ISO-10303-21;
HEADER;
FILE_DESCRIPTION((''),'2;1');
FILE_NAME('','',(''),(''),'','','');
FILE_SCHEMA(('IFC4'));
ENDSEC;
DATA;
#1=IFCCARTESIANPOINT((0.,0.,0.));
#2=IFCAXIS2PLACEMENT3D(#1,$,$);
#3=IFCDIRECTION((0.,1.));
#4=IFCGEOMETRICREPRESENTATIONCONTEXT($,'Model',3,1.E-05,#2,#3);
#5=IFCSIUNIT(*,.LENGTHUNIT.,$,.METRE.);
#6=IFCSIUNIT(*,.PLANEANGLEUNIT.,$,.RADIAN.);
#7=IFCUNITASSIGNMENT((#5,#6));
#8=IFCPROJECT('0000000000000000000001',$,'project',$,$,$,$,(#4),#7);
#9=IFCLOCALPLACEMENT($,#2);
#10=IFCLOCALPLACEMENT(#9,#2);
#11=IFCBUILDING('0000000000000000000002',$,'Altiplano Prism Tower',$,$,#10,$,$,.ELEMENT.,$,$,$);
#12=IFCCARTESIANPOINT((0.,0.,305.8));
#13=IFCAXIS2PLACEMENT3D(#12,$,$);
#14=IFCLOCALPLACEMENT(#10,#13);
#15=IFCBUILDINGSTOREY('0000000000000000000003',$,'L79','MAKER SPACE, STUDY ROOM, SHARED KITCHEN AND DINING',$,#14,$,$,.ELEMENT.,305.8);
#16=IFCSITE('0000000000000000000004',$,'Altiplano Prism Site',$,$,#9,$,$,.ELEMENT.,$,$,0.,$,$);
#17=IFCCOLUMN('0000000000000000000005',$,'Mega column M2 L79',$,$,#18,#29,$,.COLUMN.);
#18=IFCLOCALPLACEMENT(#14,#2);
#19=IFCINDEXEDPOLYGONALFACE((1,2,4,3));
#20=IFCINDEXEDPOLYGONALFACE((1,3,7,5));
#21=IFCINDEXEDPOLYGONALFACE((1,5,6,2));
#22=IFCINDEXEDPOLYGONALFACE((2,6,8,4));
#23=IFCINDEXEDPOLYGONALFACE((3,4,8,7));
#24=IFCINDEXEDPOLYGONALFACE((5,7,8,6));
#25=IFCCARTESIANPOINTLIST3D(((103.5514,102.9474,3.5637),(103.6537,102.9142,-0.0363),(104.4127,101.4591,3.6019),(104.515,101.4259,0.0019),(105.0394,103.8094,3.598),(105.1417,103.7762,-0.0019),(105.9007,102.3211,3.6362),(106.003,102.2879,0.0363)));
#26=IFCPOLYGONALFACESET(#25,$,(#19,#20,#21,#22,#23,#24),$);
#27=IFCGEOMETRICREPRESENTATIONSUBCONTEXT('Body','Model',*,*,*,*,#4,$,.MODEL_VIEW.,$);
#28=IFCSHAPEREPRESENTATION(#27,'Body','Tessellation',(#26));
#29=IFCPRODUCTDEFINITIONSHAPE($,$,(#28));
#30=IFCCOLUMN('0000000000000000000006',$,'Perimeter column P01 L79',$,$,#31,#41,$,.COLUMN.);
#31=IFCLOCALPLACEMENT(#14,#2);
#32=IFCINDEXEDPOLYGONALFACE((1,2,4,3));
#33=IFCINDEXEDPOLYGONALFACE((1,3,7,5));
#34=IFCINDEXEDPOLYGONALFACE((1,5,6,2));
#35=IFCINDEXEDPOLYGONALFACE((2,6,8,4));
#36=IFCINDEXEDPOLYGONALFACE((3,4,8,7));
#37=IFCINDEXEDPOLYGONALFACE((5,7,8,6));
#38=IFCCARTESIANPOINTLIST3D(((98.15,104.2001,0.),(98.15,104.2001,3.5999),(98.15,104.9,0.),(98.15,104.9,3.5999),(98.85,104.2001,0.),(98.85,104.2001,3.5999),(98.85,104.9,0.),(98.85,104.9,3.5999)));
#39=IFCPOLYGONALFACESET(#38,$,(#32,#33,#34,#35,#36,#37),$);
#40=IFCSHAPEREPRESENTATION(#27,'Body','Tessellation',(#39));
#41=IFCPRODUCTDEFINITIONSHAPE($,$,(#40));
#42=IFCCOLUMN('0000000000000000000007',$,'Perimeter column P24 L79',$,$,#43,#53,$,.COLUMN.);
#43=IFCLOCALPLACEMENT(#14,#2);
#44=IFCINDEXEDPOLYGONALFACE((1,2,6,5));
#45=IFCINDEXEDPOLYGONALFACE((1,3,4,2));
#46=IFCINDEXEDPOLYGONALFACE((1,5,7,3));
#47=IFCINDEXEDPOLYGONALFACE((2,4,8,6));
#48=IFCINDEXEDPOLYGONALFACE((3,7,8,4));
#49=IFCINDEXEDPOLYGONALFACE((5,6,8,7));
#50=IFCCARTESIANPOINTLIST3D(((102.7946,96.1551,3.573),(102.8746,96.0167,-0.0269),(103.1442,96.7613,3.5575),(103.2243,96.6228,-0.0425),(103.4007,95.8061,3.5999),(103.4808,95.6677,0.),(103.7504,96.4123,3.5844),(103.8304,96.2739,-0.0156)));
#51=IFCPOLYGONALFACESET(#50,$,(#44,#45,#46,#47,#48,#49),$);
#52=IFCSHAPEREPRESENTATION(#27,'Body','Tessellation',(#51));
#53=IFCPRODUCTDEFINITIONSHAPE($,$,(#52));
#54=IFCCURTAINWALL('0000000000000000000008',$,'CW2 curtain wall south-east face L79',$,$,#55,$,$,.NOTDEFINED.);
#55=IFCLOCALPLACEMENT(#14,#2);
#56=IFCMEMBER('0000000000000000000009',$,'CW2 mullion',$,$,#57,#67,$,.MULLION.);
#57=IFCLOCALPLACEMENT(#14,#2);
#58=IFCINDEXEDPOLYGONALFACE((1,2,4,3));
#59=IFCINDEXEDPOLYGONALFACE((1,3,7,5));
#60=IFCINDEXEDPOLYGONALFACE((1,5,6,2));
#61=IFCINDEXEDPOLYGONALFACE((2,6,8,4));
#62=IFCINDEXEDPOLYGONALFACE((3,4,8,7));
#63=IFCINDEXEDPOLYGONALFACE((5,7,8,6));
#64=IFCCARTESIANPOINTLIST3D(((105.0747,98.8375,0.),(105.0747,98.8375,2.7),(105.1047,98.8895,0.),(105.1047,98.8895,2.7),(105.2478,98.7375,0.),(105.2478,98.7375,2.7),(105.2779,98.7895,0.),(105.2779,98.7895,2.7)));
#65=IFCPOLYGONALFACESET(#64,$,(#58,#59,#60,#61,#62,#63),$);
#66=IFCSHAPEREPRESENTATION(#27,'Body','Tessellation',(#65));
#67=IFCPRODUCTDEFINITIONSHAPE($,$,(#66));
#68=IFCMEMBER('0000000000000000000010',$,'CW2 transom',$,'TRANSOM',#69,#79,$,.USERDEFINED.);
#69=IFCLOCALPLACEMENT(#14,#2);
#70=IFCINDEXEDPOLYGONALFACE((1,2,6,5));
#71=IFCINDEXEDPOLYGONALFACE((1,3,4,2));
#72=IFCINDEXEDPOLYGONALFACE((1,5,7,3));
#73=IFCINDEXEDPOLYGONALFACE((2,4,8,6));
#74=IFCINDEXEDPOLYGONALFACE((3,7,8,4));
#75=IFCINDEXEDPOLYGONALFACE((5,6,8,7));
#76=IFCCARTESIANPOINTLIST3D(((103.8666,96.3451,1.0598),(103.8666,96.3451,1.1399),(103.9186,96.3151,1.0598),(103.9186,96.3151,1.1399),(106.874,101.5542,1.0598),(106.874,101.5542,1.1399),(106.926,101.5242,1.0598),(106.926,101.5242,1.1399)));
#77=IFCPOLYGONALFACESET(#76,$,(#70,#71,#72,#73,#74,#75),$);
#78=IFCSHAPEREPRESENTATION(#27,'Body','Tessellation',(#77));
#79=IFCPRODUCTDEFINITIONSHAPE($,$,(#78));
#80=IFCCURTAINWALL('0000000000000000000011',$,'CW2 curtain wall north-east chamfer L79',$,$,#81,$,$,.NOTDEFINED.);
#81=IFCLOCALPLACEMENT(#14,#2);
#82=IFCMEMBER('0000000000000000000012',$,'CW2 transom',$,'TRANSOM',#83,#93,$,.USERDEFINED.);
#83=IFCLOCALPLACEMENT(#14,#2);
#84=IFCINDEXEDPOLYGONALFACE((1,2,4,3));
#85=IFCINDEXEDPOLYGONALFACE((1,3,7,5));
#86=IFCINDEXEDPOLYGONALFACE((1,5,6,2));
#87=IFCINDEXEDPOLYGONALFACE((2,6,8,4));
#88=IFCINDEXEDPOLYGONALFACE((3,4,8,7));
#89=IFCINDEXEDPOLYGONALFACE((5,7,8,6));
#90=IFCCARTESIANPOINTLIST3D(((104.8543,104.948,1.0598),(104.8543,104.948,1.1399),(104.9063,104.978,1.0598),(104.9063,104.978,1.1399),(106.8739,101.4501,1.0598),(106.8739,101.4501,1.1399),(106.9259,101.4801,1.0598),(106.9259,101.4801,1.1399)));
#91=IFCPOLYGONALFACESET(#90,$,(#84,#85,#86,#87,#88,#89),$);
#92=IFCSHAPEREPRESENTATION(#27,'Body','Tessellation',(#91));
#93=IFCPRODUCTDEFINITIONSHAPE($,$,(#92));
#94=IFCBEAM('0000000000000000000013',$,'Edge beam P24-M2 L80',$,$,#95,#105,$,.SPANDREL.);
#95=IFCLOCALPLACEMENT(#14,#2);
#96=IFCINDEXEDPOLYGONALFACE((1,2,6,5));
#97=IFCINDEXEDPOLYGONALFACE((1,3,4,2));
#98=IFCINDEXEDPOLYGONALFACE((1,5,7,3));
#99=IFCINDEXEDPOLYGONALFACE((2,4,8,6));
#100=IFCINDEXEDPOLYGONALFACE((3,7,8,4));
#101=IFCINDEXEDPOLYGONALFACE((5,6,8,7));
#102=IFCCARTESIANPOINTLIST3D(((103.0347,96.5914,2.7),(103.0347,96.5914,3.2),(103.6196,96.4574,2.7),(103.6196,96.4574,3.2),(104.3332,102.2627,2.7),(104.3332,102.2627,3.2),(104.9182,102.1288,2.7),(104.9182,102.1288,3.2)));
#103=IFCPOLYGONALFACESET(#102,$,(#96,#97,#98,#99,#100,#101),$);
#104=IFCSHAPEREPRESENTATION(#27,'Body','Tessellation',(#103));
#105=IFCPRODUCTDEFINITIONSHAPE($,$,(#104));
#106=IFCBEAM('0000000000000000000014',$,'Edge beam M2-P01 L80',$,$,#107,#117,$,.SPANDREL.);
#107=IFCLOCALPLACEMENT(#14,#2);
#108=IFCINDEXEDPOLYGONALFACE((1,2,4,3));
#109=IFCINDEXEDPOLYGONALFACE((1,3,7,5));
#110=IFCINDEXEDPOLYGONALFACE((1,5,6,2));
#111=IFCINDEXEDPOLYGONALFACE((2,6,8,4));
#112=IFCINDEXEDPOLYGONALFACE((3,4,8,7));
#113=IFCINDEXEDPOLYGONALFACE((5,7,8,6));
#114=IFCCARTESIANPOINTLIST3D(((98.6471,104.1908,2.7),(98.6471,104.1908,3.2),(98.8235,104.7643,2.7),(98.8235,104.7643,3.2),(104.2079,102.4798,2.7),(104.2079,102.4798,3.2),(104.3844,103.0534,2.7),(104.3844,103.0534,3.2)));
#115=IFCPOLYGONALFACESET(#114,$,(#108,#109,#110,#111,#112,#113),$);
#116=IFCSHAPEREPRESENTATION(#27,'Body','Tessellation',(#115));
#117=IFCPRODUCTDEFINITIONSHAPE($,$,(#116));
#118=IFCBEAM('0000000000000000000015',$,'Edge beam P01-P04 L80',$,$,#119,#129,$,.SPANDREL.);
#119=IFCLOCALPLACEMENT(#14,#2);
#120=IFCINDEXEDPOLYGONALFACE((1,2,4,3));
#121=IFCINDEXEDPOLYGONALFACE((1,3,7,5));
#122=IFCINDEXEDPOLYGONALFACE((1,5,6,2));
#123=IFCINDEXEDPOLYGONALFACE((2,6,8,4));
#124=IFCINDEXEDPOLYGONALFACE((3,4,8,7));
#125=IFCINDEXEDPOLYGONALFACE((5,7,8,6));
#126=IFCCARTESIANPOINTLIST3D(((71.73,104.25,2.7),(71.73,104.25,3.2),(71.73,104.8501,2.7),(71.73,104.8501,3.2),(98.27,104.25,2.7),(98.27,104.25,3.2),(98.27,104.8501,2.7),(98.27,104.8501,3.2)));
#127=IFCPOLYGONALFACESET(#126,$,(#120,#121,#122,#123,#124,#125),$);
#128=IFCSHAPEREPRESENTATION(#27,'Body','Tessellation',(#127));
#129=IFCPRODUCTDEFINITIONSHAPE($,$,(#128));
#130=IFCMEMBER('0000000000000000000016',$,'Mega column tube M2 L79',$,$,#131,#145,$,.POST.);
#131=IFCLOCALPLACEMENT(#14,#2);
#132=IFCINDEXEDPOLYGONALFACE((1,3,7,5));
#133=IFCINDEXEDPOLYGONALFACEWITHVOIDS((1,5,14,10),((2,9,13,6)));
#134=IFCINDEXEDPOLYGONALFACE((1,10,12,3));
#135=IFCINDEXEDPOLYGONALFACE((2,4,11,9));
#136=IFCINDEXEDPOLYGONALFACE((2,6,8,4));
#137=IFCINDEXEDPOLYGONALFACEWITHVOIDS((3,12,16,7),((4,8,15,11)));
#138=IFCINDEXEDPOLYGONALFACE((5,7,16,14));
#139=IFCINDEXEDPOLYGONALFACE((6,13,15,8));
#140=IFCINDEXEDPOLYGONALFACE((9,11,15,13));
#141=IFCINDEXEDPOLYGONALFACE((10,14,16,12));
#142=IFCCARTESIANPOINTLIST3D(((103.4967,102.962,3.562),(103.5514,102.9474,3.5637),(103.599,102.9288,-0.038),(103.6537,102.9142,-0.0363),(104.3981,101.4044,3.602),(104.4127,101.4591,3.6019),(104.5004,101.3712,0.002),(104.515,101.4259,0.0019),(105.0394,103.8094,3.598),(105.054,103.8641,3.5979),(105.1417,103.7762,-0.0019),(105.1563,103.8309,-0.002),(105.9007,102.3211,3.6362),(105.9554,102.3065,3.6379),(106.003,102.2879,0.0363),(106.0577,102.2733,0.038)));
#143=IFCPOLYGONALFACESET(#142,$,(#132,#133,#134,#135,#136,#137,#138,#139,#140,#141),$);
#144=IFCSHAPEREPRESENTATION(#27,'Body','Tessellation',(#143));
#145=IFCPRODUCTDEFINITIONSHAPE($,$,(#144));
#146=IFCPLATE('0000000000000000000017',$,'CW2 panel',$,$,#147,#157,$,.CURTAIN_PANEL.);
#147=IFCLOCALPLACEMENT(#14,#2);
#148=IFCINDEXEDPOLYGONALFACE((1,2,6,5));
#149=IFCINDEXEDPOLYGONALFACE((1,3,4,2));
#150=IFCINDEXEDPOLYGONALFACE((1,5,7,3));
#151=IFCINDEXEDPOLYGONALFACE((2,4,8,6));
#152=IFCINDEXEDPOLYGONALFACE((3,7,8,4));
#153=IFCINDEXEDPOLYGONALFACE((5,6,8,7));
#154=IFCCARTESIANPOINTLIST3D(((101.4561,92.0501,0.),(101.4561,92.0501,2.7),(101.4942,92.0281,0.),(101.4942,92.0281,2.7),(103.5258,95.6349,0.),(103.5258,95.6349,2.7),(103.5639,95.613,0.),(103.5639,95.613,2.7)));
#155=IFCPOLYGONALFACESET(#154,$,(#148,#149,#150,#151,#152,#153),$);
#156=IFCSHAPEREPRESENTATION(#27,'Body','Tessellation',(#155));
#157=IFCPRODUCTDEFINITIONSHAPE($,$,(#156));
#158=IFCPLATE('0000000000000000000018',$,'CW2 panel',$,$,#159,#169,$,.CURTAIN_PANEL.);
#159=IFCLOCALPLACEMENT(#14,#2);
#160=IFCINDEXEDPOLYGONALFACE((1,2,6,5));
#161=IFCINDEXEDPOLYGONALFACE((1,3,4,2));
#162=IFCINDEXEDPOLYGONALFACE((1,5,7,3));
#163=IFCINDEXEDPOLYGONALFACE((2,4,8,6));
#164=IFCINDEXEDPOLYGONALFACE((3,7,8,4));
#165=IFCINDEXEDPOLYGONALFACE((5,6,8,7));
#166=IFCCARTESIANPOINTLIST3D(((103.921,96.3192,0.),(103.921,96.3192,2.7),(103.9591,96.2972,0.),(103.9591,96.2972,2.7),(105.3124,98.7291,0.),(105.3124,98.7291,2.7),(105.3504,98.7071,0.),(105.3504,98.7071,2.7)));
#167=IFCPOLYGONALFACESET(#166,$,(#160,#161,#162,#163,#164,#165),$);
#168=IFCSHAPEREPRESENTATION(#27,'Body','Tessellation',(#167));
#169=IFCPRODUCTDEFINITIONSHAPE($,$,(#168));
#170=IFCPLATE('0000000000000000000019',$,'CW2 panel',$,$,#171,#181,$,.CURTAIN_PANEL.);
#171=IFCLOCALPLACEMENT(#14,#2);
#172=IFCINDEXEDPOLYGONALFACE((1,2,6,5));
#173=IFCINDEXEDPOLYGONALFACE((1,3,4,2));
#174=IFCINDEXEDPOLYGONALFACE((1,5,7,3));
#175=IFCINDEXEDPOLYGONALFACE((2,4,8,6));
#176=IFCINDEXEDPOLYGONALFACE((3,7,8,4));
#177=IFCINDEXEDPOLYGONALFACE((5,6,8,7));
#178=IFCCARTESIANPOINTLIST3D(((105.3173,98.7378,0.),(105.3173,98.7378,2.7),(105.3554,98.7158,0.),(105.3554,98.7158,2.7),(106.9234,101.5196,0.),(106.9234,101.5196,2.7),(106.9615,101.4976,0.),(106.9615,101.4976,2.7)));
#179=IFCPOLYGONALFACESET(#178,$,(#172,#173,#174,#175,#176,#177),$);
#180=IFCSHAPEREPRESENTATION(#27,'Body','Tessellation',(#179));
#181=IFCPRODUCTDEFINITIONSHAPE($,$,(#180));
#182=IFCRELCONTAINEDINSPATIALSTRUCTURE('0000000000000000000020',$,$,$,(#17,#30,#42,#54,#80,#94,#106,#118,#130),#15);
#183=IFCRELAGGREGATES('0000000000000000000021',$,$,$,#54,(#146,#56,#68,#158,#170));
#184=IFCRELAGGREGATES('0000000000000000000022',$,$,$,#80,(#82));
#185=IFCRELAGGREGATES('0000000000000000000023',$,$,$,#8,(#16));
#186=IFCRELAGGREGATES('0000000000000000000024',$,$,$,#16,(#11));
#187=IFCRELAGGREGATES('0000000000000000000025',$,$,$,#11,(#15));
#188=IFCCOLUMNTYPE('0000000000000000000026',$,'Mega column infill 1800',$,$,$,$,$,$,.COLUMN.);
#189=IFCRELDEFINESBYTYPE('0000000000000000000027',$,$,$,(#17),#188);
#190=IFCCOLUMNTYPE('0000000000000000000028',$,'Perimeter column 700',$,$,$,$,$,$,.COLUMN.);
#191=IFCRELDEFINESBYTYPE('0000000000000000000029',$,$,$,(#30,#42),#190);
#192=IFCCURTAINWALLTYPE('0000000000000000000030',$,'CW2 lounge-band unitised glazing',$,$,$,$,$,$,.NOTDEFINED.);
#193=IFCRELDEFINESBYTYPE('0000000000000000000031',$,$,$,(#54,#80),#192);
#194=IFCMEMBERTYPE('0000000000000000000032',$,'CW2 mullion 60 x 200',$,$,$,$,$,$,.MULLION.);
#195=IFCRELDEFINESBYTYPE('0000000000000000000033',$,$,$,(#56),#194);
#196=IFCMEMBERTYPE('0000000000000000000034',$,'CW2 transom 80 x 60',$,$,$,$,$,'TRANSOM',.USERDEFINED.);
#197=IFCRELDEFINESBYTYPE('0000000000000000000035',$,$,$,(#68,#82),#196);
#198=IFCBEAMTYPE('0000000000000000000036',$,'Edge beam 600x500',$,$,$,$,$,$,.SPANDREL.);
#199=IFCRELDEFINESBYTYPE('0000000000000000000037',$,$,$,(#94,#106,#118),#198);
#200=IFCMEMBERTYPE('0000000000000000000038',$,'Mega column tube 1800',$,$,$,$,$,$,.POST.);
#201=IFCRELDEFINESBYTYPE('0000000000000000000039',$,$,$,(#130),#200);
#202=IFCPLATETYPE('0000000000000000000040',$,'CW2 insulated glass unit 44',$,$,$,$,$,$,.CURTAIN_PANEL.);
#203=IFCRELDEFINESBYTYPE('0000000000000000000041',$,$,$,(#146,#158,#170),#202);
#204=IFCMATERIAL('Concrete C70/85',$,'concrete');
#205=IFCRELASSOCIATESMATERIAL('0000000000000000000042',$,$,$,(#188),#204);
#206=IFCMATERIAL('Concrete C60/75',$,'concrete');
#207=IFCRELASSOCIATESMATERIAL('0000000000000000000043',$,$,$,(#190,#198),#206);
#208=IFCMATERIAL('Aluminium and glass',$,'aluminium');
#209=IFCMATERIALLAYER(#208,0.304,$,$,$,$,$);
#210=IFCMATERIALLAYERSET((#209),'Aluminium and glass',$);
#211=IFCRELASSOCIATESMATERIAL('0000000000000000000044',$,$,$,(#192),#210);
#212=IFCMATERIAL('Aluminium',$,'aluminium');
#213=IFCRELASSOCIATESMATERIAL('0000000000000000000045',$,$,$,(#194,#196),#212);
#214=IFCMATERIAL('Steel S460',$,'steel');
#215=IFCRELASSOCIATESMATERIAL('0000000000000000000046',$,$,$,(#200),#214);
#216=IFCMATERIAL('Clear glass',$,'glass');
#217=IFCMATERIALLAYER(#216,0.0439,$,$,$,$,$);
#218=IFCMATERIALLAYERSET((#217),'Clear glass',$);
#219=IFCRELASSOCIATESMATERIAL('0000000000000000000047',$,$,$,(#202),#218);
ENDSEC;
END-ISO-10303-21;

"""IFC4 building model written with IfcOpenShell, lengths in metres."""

from ifc_helpers import new_model, si_unit, direction, frame, origin, origin_2d, place, context, subcontext, project, spatial, rectangle, hollow_rectangle, extrude, material, layer, layer_set, material_profile, profile_set, type_object, element, aggregate, save


model = new_model("IFC4")

# Units and contexts
model_context = context("Model", 3, precision=1e-05, world=origin(), true_north=direction((0.0, 1.0)))
body_context = subcontext(model_context, "Body", "Model", "MODEL_VIEW")
ifc_project = project(units=[si_unit("LENGTHUNIT", "METRE"), si_unit("PLANEANGLEUNIT", "RADIAN")], contexts=[model_context])

# Site, building, storey
site_placement = place(None, origin())
site = spatial("IfcSite", under=ifc_project, at=site_placement, Name="Altiplano Prism Site", CompositionType="ELEMENT", RefElevation=0.0)
building_placement = place(site_placement, origin())
building = spatial("IfcBuilding", under=site, at=building_placement, Name="Altiplano Prism Tower", CompositionType="ELEMENT")
storey_placement = place(building_placement, frame((0.0, 0.0, 305.8)))
storey = spatial("IfcBuildingStorey", under=building, at=storey_placement, Name="L79", Description="MAKER SPACE, STUDY ROOM, SHARED KITCHEN AND DINING", CompositionType="ELEMENT", Elevation=305.8)

# Columns
ifc_material_1 = material(Name="Concrete C70/85", Category="concrete")
ifc_material_profile_1 = material_profile(ifc_material_1, rectangle(XDim=1.72, YDim=1.72, at=origin_2d()), Name="Mega column infill 1800")
ifc_profile_set_1 = profile_set([ifc_material_profile_1], Name="Concrete C70/85")
column_type_1 = type_object("IfcColumnType", Name="Mega column infill 1800", PredefinedType="COLUMN", material=ifc_profile_set_1)
column_1_placement = place(storey_placement, frame((104.8284, 102.6011, 0.0), z_axis=(-0.028404, 0.009219, 0.999554), x_axis=(0.500755, -0.865304, 0.022211)))
element("IfcColumn", 1, at=column_1_placement, inside=storey, type_object=column_type_1, Name="Mega column M2 L79", PredefinedType="COLUMN", context=body_context, shape_type="SweptSolid", body=[
    extrude(rectangle(XDim=1.72, YDim=1.72, at=origin_2d()), origin(), (0.0, 0.0, 1.0), 3.6016),
])
ifc_material_2 = material(Name="Concrete C60/75", Category="concrete")
ifc_material_profile_2 = material_profile(ifc_material_2, rectangle(XDim=0.7, YDim=0.7, at=origin_2d()), Name="Perimeter column 700")
ifc_profile_set_2 = profile_set([ifc_material_profile_2], Name="Concrete C60/75")
column_type_2 = type_object("IfcColumnType", Name="Perimeter column 700", PredefinedType="COLUMN", material=ifc_profile_set_2)
column_2_placement = place(storey_placement, frame((98.5, 104.55, 0.0), z_axis=(0.0, 0.0, 1.0), x_axis=(1.0, 0.0, 0.0)))
element("IfcColumn", 2, at=column_2_placement, inside=storey, type_object=column_type_2, Name="Perimeter column P01 L79", PredefinedType="COLUMN", context=body_context, shape_type="SweptSolid", body=[
    extrude(rectangle(XDim=0.7, YDim=0.7, at=origin_2d()), origin(), (0.0, 0.0, 1.0), 3.5999),
])
column_3_placement = place(storey_placement, frame((103.3525, 96.1453, -0.0212), z_axis=(-0.022223, 0.038416, 0.999015), x_axis=(-0.499518, -0.866019, 0.02219)))
element("IfcColumn", 3, at=column_3_placement, inside=storey, type_object=column_type_2, Name="Perimeter column P24 L79", PredefinedType="COLUMN", context=body_context, shape_type="SweptSolid", body=[
    extrude(rectangle(XDim=0.7, YDim=0.7, at=origin_2d()), origin(), (0.0, 0.0, 1.0), 3.6035),
])

# Curtain wall, members
ifc_material_3 = material(Name="Aluminium and glass", Category="aluminium")
ifc_layer_1 = layer(ifc_material_3, 0.304)
ifc_layer_set_1 = layer_set([ifc_layer_1], Name="Aluminium and glass")
curtain_wall_type = type_object("IfcCurtainWallType", Name="CW2 lounge-band unitised glazing", PredefinedType="NOTDEFINED", material=ifc_layer_set_1)
curtain_wall_1_placement = place(storey_placement, origin())
curtain_wall_1 = element("IfcCurtainWall", 4, at=curtain_wall_1_placement, inside=storey, type_object=curtain_wall_type, Name="CW2 curtain wall south-east face L79", PredefinedType="NOTDEFINED")
ifc_material_4 = material(Name="Aluminium", Category="aluminium")
ifc_material_profile_3 = material_profile(ifc_material_4, rectangle(XDim=0.2, YDim=0.0601, at=origin_2d()), Name="CW2 mullion 60 x 200")
ifc_profile_set_3 = profile_set([ifc_material_profile_3], Name="Aluminium")
member_type_1 = type_object("IfcMemberType", Name="CW2 mullion 60 x 200", PredefinedType="MULLION", material=ifc_profile_set_3)
member_1_placement = place(storey_placement, frame((105.1763, 98.8135, 0.0), z_axis=(0.0, 0.0, 1.0), x_axis=(-0.866025, 0.5, 0.0)))
member_1 = element("IfcMember", 5, at=member_1_placement, type_object=member_type_1, Name="CW2 mullion", PredefinedType="MULLION", context=body_context, shape_type="SweptSolid", body=[
    extrude(rectangle(XDim=0.2, YDim=0.0601, at=origin_2d()), origin(), (0.0, 0.0, 1.0), 2.7),
])
ifc_material_profile_4 = material_profile(ifc_material_4, rectangle(XDim=0.0601, YDim=0.0801, at=origin_2d()), Name="CW2 transom 80 x 60")
ifc_profile_set_4 = profile_set([ifc_material_profile_4], Name="Aluminium")
member_type_2 = type_object("IfcMemberType", Name="CW2 transom 80 x 60", ElementType="TRANSOM", PredefinedType="USERDEFINED", material=ifc_profile_set_4)
member_2_placement = place(storey_placement, frame((103.8926, 96.3301, 1.0999), z_axis=(0.499989, 0.866031, 0.0), x_axis=(-0.866031, 0.499989, 0.0)))
member_2 = element("IfcMember", 6, at=member_2_placement, type_object=member_type_2, Name="CW2 transom", ObjectType="TRANSOM", PredefinedType="USERDEFINED", context=body_context, shape_type="SweptSolid", body=[
    extrude(rectangle(XDim=0.0601, YDim=0.0801, at=origin_2d()), origin(), (0.0, 0.0, 1.0), 6.0149),
])

# Curtain wall, member
curtain_wall_2_placement = place(storey_placement, origin())
curtain_wall_2 = element("IfcCurtainWall", 7, at=curtain_wall_2_placement, inside=storey, type_object=curtain_wall_type, Name="CW2 curtain wall north-east chamfer L79", PredefinedType="NOTDEFINED")
member_3_placement = place(storey_placement, frame((106.8999, 101.4651, 1.0999), z_axis=(-0.500014, 0.866017, 0.0), x_axis=(-0.866017, -0.500014, 0.0)))
member_3 = element("IfcMember", 8, at=member_3_placement, type_object=member_type_2, Name="CW2 transom", ObjectType="TRANSOM", PredefinedType="USERDEFINED", context=body_context, shape_type="SweptSolid", body=[
    extrude(rectangle(XDim=0.0601, YDim=0.0801, at=origin_2d()), origin(), (0.0, 0.0, 1.0), 4.0391),
])

# Beams
ifc_material_profile_5 = material_profile(ifc_material_2, rectangle(XDim=0.6001, YDim=0.5, at=origin_2d()), Name="Edge beam 600x500")
ifc_profile_set_5 = profile_set([ifc_material_profile_5], Name="Concrete C60/75")
beam_type = type_object("IfcBeamType", Name="Edge beam 600x500", PredefinedType="SPANDREL", material=ifc_profile_set_5)
for number, where, z_axis, x_axis, name in (
    (9, (103.3271, 96.5244, 2.95), (0.223195, 0.974774, 0.0), (-0.974774, 0.223195, 0.0), "Edge beam P24-M2 L80"),
    (10, (104.2961, 102.7666, 2.95), (-0.955783, 0.294074, 0.0), (-0.294074, -0.955783, 0.0), "Edge beam M2-P01 L80"),
):
    element("IfcBeam", number, at=place(storey_placement, frame(where, z_axis=z_axis, x_axis=x_axis)), inside=storey, type_object=beam_type, Name=name, PredefinedType="SPANDREL", context=body_context, shape_type="SweptSolid", body=[
        extrude(rectangle(XDim=0.6001, YDim=0.5, at=origin_2d()), origin(), (0.0, 0.0, 1.0), 5.8181),
    ])
beam_placement = place(storey_placement, frame((98.27, 104.55, 2.95), z_axis=(-1.0, 0.0, 0.0), x_axis=(0.0, -1.0, 0.0)))
element("IfcBeam", 11, at=beam_placement, inside=storey, type_object=beam_type, Name="Edge beam P01-P04 L80", PredefinedType="SPANDREL", context=body_context, shape_type="SweptSolid", body=[
    extrude(rectangle(XDim=0.6001, YDim=0.5, at=origin_2d()), origin(), (0.0, 0.0, 1.0), 26.54),
])

# Member
ifc_material_5 = material(Name="Steel S460", Category="steel")
ifc_material_profile_6 = material_profile(ifc_material_5, hollow_rectangle(XDim=1.8, YDim=1.8, WallThickness=0.04, at=origin_2d()), Name="Mega column tube 1800")
ifc_profile_set_6 = profile_set([ifc_material_profile_6], Name="Steel S460")
member_type_3 = type_object("IfcMemberType", Name="Mega column tube 1800", PredefinedType="POST", material=ifc_profile_set_6)
member_4_placement = place(storey_placement, frame((104.8284, 102.6011, 0.0), z_axis=(-0.028404, 0.009219, 0.999554), x_axis=(0.500755, -0.865304, 0.022211)))
element("IfcMember", 12, at=member_4_placement, inside=storey, type_object=member_type_3, Name="Mega column tube M2 L79", PredefinedType="POST", context=body_context, shape_type="SweptSolid", body=[
    extrude(hollow_rectangle(XDim=1.8, YDim=1.8, WallThickness=0.04, at=origin_2d()), origin(), (0.0, 0.0, 1.0), 3.6016),
])

# Plates
ifc_material_6 = material(Name="Clear glass", Category="glass")
ifc_layer_2 = layer(ifc_material_6, 0.0439)
ifc_layer_set_2 = layer_set([ifc_layer_2], Name="Clear glass")
plate_type = type_object("IfcPlateType", Name="CW2 insulated glass unit 44", PredefinedType="CURTAIN_PANEL", material=ifc_layer_set_2)
plate_1_placement = place(storey_placement, frame((102.51, 93.8315, 0.0), z_axis=(0.0, 0.0, 1.0), x_axis=(0.5, 0.866025, 0.0)))
plate_1 = element("IfcPlate", 13, at=plate_1_placement, type_object=plate_type, Name="CW2 panel", PredefinedType="CURTAIN_PANEL", context=body_context, shape_type="SweptSolid", body=[
    extrude(rectangle(XDim=4.1394, YDim=0.0439, at=origin_2d()), origin(), (0.0, 0.0, 1.0), 2.7),
])
plate_2_placement = place(storey_placement, frame((104.6357, 97.5132, 0.0), z_axis=(0.0, 0.0, 1.0), x_axis=(0.5, 0.866025, 0.0)))
plate_2 = element("IfcPlate", 14, at=plate_2_placement, type_object=plate_type, Name="CW2 panel", PredefinedType="CURTAIN_PANEL", context=body_context, shape_type="SweptSolid", body=[
    extrude(rectangle(XDim=2.7827, YDim=0.0439, at=origin_2d()), origin(), (0.0, 0.0, 1.0), 2.7),
])
plate_3_placement = place(storey_placement, frame((106.1394, 100.1177, 0.0), z_axis=(0.0, 0.0, 1.0), x_axis=(0.5, 0.866025, 0.0)))
plate_3 = element("IfcPlate", 15, at=plate_3_placement, type_object=plate_type, Name="CW2 panel", PredefinedType="CURTAIN_PANEL", context=body_context, shape_type="SweptSolid", body=[
    extrude(rectangle(XDim=3.2122, YDim=0.0439, at=origin_2d()), origin(), (0.0, 0.0, 1.0), 2.7),
])
aggregate(curtain_wall_1, [plate_1, member_1, member_2, plate_2, plate_3])
aggregate(curtain_wall_2, [member_3])

save(model, "model.ifc")
